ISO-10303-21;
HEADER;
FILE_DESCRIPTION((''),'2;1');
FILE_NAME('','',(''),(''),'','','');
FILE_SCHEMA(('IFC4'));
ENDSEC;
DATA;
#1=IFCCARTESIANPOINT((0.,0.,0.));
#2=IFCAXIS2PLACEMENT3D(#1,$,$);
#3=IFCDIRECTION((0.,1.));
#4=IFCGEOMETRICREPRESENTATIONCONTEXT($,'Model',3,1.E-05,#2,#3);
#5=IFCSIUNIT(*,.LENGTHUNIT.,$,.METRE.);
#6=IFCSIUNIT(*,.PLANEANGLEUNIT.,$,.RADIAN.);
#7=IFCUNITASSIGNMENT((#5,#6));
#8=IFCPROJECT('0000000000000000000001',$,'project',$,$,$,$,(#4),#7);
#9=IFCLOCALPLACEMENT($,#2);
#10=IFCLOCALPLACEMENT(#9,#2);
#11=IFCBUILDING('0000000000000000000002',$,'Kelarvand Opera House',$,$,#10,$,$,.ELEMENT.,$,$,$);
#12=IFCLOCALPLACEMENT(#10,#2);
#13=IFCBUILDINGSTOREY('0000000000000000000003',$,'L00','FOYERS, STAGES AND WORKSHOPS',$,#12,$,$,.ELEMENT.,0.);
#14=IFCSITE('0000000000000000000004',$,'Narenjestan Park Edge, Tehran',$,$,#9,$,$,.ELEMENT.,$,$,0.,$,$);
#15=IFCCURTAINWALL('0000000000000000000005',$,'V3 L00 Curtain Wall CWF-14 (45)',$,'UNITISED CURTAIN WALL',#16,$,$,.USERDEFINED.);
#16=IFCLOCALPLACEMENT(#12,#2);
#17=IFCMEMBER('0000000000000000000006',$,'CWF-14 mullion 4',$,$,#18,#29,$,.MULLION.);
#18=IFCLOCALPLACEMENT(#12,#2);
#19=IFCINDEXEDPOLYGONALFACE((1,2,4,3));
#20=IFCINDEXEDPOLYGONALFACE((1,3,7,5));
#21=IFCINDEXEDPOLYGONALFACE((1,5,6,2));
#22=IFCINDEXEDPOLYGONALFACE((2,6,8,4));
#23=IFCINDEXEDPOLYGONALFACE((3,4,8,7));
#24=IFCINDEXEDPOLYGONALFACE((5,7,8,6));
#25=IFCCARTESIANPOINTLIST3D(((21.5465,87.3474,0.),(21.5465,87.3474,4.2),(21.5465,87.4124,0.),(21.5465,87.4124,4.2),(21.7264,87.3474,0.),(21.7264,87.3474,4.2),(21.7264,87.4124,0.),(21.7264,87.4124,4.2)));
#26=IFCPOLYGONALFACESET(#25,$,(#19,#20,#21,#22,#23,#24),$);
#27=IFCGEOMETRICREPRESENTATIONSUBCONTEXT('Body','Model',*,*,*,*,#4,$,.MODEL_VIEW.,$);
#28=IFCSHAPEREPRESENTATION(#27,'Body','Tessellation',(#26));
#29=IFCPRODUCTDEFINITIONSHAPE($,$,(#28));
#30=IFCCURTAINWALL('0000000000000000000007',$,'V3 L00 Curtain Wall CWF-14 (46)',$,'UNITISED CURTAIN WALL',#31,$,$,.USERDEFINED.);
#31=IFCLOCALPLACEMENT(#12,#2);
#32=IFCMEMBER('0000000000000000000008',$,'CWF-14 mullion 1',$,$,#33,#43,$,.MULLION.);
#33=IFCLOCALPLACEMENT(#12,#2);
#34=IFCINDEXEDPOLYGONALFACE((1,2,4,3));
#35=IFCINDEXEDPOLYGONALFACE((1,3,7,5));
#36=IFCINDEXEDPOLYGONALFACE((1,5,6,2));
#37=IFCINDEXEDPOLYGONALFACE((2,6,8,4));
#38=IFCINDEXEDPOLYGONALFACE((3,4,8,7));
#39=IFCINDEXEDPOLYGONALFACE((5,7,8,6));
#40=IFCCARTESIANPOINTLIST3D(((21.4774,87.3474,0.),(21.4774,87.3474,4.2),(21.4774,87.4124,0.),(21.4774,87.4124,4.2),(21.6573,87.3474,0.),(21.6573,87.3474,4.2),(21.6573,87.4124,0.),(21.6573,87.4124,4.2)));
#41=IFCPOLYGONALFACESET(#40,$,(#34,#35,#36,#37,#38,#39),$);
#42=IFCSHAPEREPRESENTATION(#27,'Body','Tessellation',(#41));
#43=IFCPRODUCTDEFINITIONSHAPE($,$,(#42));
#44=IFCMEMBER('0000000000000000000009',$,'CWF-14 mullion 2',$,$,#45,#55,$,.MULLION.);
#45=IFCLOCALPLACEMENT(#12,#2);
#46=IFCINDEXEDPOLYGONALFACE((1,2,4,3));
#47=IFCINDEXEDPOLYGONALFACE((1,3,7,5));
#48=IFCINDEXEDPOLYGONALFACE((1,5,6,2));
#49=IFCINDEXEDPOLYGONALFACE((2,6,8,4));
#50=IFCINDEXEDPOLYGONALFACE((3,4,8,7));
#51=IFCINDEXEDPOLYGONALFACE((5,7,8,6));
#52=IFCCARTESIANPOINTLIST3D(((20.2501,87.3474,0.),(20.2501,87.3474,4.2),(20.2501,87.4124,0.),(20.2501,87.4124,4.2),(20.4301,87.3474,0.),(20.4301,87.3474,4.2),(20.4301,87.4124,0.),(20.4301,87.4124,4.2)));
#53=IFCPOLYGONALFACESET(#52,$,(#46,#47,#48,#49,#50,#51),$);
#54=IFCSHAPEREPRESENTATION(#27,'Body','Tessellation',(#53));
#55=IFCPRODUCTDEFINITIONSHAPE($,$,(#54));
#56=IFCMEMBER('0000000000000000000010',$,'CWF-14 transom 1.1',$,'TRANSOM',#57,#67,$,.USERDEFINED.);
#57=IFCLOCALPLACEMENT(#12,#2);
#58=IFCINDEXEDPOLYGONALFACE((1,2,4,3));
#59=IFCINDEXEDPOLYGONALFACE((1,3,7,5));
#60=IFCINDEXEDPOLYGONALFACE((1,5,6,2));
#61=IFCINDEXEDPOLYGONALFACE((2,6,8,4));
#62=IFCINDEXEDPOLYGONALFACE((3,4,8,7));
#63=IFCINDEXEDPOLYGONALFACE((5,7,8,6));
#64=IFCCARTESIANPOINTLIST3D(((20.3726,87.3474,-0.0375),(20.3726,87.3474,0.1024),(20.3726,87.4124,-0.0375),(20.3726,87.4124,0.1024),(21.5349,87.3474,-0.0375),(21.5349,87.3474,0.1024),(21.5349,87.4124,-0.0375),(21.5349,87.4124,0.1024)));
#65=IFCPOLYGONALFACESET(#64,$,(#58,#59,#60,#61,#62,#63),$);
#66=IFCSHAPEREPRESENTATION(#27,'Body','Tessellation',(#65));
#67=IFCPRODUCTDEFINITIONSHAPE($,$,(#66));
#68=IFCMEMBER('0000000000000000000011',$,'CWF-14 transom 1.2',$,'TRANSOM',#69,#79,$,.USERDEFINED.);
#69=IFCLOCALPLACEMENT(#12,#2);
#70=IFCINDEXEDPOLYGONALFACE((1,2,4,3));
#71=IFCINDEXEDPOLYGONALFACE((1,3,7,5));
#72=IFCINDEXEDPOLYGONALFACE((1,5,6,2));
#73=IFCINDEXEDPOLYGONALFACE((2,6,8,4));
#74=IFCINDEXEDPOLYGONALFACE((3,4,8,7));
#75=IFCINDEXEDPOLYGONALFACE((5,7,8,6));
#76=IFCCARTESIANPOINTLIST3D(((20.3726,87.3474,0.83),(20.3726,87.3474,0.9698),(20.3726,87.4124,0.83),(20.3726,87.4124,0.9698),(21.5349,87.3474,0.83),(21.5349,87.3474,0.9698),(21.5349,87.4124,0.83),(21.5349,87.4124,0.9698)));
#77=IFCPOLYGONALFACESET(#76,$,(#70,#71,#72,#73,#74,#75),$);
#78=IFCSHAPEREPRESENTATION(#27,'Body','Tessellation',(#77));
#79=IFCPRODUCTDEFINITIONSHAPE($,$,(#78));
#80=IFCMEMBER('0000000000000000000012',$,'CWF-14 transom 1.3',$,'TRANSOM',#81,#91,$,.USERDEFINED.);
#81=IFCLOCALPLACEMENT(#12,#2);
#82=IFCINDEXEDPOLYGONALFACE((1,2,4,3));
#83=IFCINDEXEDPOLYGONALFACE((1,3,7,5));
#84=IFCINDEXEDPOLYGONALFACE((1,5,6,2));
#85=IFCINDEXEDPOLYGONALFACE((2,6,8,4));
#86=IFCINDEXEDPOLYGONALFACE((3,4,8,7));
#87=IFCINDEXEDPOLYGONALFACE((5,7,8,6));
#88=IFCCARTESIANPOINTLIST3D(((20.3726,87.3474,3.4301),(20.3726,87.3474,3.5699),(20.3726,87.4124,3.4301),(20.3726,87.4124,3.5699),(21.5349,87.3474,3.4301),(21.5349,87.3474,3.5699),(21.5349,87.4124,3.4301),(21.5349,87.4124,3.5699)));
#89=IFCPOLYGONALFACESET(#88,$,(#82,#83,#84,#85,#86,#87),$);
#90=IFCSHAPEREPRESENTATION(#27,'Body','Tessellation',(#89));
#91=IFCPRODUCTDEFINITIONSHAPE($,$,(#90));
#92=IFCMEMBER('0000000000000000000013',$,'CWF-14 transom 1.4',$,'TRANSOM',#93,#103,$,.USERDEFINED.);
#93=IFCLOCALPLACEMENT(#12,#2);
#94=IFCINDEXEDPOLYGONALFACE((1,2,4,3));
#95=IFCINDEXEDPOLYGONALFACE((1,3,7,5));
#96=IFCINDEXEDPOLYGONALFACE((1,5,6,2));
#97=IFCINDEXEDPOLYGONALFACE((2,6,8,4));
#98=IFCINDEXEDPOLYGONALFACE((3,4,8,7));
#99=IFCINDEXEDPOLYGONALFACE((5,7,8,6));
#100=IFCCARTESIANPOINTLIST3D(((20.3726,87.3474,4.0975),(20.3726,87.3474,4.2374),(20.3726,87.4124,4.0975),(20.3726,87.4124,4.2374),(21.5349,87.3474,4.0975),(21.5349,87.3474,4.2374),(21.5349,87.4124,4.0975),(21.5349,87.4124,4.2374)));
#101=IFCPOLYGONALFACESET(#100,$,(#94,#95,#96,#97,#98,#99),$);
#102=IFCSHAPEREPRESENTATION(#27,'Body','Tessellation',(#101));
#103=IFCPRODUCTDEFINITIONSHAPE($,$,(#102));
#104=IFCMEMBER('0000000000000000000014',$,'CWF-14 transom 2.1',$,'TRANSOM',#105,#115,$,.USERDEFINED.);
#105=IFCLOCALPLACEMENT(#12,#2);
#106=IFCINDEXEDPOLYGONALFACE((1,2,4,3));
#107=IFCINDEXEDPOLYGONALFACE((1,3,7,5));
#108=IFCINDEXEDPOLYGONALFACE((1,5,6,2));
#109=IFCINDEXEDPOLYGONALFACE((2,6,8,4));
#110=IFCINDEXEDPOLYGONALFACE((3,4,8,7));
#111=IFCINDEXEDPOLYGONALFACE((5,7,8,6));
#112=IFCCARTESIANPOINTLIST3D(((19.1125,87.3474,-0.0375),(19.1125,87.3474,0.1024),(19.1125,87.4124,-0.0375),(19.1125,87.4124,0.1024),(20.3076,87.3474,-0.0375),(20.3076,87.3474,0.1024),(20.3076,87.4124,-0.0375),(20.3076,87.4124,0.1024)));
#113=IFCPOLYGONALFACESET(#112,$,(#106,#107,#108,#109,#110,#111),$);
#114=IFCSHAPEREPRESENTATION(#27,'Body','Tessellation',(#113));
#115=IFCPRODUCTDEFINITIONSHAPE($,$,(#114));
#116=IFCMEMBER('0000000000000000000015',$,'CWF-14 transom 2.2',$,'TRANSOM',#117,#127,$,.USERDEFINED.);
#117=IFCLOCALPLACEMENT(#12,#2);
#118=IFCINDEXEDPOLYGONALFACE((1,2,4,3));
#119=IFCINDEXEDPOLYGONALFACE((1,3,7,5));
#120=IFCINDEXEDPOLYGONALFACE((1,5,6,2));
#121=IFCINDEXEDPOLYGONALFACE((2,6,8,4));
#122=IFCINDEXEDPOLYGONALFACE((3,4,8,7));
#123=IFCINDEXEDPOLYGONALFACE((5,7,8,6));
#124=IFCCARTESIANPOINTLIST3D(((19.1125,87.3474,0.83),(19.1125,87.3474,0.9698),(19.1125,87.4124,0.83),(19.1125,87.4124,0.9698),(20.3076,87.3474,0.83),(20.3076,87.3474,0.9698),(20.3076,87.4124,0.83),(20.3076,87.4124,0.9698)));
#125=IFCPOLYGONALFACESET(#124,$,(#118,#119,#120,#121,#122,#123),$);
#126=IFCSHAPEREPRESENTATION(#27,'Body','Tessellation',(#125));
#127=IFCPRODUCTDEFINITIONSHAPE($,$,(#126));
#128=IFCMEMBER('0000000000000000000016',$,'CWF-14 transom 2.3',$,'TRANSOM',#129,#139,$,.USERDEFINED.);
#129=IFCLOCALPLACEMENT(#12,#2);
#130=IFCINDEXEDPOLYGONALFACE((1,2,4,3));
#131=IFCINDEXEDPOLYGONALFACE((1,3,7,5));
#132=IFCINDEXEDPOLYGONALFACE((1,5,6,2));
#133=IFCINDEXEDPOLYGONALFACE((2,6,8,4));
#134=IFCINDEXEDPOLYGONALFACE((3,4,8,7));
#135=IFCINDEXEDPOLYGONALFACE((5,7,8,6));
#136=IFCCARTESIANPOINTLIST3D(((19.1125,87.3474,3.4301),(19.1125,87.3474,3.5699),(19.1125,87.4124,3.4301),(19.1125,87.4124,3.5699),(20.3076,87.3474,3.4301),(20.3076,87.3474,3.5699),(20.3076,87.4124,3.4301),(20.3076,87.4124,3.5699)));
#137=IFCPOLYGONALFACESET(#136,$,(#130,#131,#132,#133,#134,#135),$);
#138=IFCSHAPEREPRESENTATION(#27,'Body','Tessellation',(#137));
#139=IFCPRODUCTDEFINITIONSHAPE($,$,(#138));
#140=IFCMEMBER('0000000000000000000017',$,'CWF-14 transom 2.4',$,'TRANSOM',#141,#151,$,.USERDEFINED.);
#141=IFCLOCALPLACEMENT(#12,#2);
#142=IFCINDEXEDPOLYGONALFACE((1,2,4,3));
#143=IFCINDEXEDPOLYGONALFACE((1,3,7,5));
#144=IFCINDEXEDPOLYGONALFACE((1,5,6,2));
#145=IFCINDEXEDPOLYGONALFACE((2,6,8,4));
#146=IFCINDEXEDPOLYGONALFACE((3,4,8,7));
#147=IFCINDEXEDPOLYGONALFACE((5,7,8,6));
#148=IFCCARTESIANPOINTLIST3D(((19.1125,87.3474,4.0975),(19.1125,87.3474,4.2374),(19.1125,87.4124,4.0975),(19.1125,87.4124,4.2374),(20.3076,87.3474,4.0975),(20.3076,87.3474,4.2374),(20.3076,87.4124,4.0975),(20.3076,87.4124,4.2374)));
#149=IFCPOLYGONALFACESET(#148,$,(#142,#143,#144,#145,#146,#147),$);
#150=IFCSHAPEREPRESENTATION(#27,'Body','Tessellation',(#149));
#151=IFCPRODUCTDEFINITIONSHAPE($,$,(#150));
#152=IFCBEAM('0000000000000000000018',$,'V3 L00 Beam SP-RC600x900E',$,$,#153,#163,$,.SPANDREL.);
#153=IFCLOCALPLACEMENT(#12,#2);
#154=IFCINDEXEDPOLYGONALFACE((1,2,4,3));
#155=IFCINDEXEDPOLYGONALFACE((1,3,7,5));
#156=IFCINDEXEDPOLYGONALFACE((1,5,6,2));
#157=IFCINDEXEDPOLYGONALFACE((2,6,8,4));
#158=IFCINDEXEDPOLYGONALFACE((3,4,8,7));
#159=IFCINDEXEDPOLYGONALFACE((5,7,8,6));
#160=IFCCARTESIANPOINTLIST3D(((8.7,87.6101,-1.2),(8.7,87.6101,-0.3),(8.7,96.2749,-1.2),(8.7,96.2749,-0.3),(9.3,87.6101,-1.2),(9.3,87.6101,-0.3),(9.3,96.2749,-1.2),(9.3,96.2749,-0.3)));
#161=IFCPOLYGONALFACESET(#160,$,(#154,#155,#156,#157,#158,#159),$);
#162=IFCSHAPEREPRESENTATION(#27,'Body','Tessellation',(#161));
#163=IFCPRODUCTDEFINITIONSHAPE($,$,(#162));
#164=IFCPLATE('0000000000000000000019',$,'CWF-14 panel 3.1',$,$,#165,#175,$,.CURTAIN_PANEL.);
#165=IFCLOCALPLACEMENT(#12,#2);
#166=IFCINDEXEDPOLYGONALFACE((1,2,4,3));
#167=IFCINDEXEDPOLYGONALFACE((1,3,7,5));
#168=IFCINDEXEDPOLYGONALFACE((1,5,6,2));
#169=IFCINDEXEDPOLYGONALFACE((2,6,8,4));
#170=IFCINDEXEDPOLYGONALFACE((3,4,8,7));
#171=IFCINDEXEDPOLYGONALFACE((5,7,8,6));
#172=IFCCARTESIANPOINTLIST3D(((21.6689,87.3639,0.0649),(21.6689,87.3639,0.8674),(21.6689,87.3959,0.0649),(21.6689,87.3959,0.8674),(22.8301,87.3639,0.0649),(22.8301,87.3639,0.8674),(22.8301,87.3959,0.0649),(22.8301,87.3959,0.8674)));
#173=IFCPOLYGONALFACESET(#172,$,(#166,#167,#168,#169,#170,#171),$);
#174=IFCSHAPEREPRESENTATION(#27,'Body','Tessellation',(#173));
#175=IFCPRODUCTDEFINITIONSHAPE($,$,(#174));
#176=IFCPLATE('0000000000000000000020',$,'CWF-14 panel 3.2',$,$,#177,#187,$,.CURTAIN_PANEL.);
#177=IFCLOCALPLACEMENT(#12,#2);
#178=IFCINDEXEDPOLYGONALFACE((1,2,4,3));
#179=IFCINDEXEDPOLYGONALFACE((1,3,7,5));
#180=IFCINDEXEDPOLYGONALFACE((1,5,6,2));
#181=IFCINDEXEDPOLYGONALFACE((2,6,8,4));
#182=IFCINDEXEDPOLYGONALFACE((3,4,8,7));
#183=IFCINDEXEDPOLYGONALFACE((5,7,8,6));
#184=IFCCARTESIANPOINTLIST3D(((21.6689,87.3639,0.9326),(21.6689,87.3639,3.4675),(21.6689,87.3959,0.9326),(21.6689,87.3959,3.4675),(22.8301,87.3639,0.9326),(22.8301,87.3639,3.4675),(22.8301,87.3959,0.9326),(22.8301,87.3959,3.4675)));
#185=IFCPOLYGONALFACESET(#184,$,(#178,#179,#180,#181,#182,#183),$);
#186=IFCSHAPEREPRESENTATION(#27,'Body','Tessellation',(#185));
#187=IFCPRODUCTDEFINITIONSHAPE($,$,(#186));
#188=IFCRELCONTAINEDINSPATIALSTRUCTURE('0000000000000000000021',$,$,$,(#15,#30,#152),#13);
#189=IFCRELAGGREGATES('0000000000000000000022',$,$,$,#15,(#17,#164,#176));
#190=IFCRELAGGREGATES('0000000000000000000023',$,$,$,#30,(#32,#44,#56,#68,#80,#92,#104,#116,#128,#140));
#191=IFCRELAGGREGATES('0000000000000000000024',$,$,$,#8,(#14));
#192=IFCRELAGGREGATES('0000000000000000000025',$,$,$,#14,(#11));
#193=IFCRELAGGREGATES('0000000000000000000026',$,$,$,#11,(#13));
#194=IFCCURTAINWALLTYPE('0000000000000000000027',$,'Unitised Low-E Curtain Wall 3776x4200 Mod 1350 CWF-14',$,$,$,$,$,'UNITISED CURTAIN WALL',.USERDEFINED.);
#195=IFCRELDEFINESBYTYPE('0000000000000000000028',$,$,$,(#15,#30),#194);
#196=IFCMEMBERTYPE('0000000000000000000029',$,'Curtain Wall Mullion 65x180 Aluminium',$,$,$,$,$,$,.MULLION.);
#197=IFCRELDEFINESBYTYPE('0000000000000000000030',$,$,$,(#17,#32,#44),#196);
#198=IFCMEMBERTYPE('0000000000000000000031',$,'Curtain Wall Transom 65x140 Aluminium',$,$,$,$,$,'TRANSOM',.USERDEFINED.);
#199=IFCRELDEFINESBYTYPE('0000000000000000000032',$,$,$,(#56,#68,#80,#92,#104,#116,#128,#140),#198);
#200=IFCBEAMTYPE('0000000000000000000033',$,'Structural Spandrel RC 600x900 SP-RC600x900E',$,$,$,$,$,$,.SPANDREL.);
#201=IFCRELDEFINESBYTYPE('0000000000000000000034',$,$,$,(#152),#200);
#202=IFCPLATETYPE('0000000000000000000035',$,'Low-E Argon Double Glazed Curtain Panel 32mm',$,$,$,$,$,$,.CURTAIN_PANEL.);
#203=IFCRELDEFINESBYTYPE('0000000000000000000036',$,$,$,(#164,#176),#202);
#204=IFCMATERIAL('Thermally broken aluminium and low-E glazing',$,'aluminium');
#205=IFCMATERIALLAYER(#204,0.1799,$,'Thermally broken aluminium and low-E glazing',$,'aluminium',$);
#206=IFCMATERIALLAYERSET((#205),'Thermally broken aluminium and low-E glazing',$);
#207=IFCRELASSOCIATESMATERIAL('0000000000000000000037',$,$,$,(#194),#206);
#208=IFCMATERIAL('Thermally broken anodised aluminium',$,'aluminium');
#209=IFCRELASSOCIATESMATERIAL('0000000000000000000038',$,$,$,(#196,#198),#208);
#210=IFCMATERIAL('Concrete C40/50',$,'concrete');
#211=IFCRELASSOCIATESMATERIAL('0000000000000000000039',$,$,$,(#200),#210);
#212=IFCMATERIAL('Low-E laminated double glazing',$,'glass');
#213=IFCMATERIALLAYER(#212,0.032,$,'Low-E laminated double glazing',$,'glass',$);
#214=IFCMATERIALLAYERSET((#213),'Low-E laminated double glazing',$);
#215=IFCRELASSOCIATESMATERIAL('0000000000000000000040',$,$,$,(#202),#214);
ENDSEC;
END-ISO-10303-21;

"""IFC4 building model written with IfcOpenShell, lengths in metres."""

from ifc_helpers import new_model, si_unit, direction, frame, origin, origin_2d, place, context, subcontext, project, spatial, rectangle, extrude, material, layer, layer_set, material_profile, profile_set, type_object, element, aggregate, save


model = new_model("IFC4")

# Units and contexts
model_context = context("Model", 3, precision=1e-05, world=origin(), true_north=direction((0.0, 1.0)))
body_context = subcontext(model_context, "Body", "Model", "MODEL_VIEW")
ifc_project = project(units=[si_unit("LENGTHUNIT", "METRE"), si_unit("PLANEANGLEUNIT", "RADIAN")], contexts=[model_context])

# Site, building, storey
site_placement = place(None, origin())
site = spatial("IfcSite", under=ifc_project, at=site_placement, Name="Narenjestan Park Edge, Tehran", CompositionType="ELEMENT", RefElevation=0.0)
building_placement = place(site_placement, origin())
building = spatial("IfcBuilding", under=site, at=building_placement, Name="Kelarvand Opera House", CompositionType="ELEMENT")
storey_placement = place(building_placement, origin())
storey = spatial("IfcBuildingStorey", under=building, at=storey_placement, Name="L00", Description="FOYERS, STAGES AND WORKSHOPS", CompositionType="ELEMENT", Elevation=0.0)

# Curtain wall, member
ifc_material_1 = material(Name="Thermally broken aluminium and low-E glazing", Category="aluminium")
ifc_layer_1 = layer(ifc_material_1, 0.1799, Name="Thermally broken aluminium and low-E glazing", Category="aluminium")
ifc_layer_set_1 = layer_set([ifc_layer_1], Name="Thermally broken aluminium and low-E glazing")
curtain_wall_type = type_object("IfcCurtainWallType", Name="Unitised Low-E Curtain Wall 3776x4200 Mod 1350 CWF-14", ElementType="UNITISED CURTAIN WALL", PredefinedType="USERDEFINED", material=ifc_layer_set_1)
curtain_wall_1_placement = place(storey_placement, origin())
curtain_wall_1 = element("IfcCurtainWall", 1, at=curtain_wall_1_placement, inside=storey, type_object=curtain_wall_type, Name="V3 L00 Curtain Wall CWF-14 (45)", ObjectType="UNITISED CURTAIN WALL", PredefinedType="USERDEFINED")
ifc_material_2 = material(Name="Thermally broken anodised aluminium", Category="aluminium")
ifc_material_profile_1 = material_profile(ifc_material_2, rectangle(XDim=0.0649, YDim=0.1799, at=origin_2d()), Name="ALU MULLION 65x180", Category="aluminium")
ifc_profile_set_1 = profile_set([ifc_material_profile_1], Name="Thermally broken anodised aluminium")
member_type_1 = type_object("IfcMemberType", Name="Curtain Wall Mullion 65x180 Aluminium", PredefinedType="MULLION", material=ifc_profile_set_1)
member_1_placement = place(storey_placement, frame((21.6365, 87.3799, 0.0), z_axis=(0.0, 0.0, 1.0), x_axis=(0.0, -1.0, 0.0)))
member_1 = element("IfcMember", 2, at=member_1_placement, type_object=member_type_1, Name="CWF-14 mullion 4", PredefinedType="MULLION", context=body_context, shape_type="SweptSolid", body=[
    extrude(rectangle(XDim=0.0649, YDim=0.1799, at=origin_2d()), origin(), (0.0, 0.0, 1.0), 4.2),
])

# Curtain wall, members
curtain_wall_2_placement = place(storey_placement, origin())
curtain_wall_2 = element("IfcCurtainWall", 3, at=curtain_wall_2_placement, inside=storey, type_object=curtain_wall_type, Name="V3 L00 Curtain Wall CWF-14 (46)", ObjectType="UNITISED CURTAIN WALL", PredefinedType="USERDEFINED")
member_2_placement = place(storey_placement, frame((21.5674, 87.3799, 0.0), z_axis=(0.0, 0.0, 1.0), x_axis=(0.0, -1.0, 0.0)))
member_2 = element("IfcMember", 4, at=member_2_placement, type_object=member_type_1, Name="CWF-14 mullion 1", PredefinedType="MULLION", context=body_context, shape_type="SweptSolid", body=[
    extrude(rectangle(XDim=0.0649, YDim=0.1799, at=origin_2d()), origin(), (0.0, 0.0, 1.0), 4.2),
])
member_3_placement = place(storey_placement, frame((20.3401, 87.3799, 0.0), z_axis=(0.0, 0.0, 1.0), x_axis=(0.0, -1.0, 0.0)))
member_3 = element("IfcMember", 5, at=member_3_placement, type_object=member_type_1, Name="CWF-14 mullion 2", PredefinedType="MULLION", context=body_context, shape_type="SweptSolid", body=[
    extrude(rectangle(XDim=0.0649, YDim=0.1799, at=origin_2d()), origin(), (0.0, 0.0, 1.0), 4.2),
])
ifc_material_profile_2 = material_profile(ifc_material_2, rectangle(XDim=0.0649, YDim=0.1399, at=origin_2d()), Name="ALU TRANSOM 65x140", Category="aluminium")
ifc_profile_set_2 = profile_set([ifc_material_profile_2], Name="Thermally broken anodised aluminium")
member_type_2 = type_object("IfcMemberType", Name="Curtain Wall Transom 65x140 Aluminium", ElementType="TRANSOM", PredefinedType="USERDEFINED", material=ifc_profile_set_2)
member_4_placement = place(storey_placement, frame((21.5349, 87.3799, 0.0325), z_axis=(-1.0, 0.0, 0.0), x_axis=(0.0, -1.0, 0.0)))
member_4 = element("IfcMember", 6, at=member_4_placement, type_object=member_type_2, Name="CWF-14 transom 1.1", ObjectType="TRANSOM", PredefinedType="USERDEFINED", context=body_context, shape_type="SweptSolid", body=[
    extrude(rectangle(XDim=0.0649, YDim=0.1399, at=origin_2d()), origin(), (0.0, 0.0, 1.0), 1.1624),
])
member_5_placement = place(storey_placement, frame((21.5349, 87.3799, 0.8999), z_axis=(-1.0, 0.0, 0.0), x_axis=(0.0, -1.0, 0.0)))
member_5 = element("IfcMember", 7, at=member_5_placement, type_object=member_type_2, Name="CWF-14 transom 1.2", ObjectType="TRANSOM", PredefinedType="USERDEFINED", context=body_context, shape_type="SweptSolid", body=[
    extrude(rectangle(XDim=0.0649, YDim=0.1399, at=origin_2d()), origin(), (0.0, 0.0, 1.0), 1.1624),
])
member_6_placement = place(storey_placement, frame((21.5349, 87.3799, 3.5), z_axis=(-1.0, 0.0, 0.0), x_axis=(0.0, -1.0, 0.0)))
member_6 = element("IfcMember", 8, at=member_6_placement, type_object=member_type_2, Name="CWF-14 transom 1.3", ObjectType="TRANSOM", PredefinedType="USERDEFINED", context=body_context, shape_type="SweptSolid", body=[
    extrude(rectangle(XDim=0.0649, YDim=0.1399, at=origin_2d()), origin(), (0.0, 0.0, 1.0), 1.1624),
])
member_7_placement = place(storey_placement, frame((21.5349, 87.3799, 4.1675), z_axis=(-1.0, 0.0, 0.0), x_axis=(0.0, -1.0, 0.0)))
member_7 = element("IfcMember", 9, at=member_7_placement, type_object=member_type_2, Name="CWF-14 transom 1.4", ObjectType="TRANSOM", PredefinedType="USERDEFINED", context=body_context, shape_type="SweptSolid", body=[
    extrude(rectangle(XDim=0.0649, YDim=0.1399, at=origin_2d()), origin(), (0.0, 0.0, 1.0), 1.1624),
])
member_8_placement = place(storey_placement, frame((20.3076, 87.3799, 0.0325), z_axis=(-1.0, 0.0, 0.0), x_axis=(0.0, -1.0, 0.0)))
member_8 = element("IfcMember", 10, at=member_8_placement, type_object=member_type_2, Name="CWF-14 transom 2.1", ObjectType="TRANSOM", PredefinedType="USERDEFINED", context=body_context, shape_type="SweptSolid", body=[
    extrude(rectangle(XDim=0.0649, YDim=0.1399, at=origin_2d()), origin(), (0.0, 0.0, 1.0), 1.1951),
])
member_9_placement = place(storey_placement, frame((20.3076, 87.3799, 0.8999), z_axis=(-1.0, 0.0, 0.0), x_axis=(0.0, -1.0, 0.0)))
member_9 = element("IfcMember", 11, at=member_9_placement, type_object=member_type_2, Name="CWF-14 transom 2.2", ObjectType="TRANSOM", PredefinedType="USERDEFINED", context=body_context, shape_type="SweptSolid", body=[
    extrude(rectangle(XDim=0.0649, YDim=0.1399, at=origin_2d()), origin(), (0.0, 0.0, 1.0), 1.1951),
])
member_10_placement = place(storey_placement, frame((20.3076, 87.3799, 3.5), z_axis=(-1.0, 0.0, 0.0), x_axis=(0.0, -1.0, 0.0)))
member_10 = element("IfcMember", 12, at=member_10_placement, type_object=member_type_2, Name="CWF-14 transom 2.3", ObjectType="TRANSOM", PredefinedType="USERDEFINED", context=body_context, shape_type="SweptSolid", body=[
    extrude(rectangle(XDim=0.0649, YDim=0.1399, at=origin_2d()), origin(), (0.0, 0.0, 1.0), 1.1951),
])
member_11_placement = place(storey_placement, frame((20.3076, 87.3799, 4.1675), z_axis=(-1.0, 0.0, 0.0), x_axis=(0.0, -1.0, 0.0)))
member_11 = element("IfcMember", 13, at=member_11_placement, type_object=member_type_2, Name="CWF-14 transom 2.4", ObjectType="TRANSOM", PredefinedType="USERDEFINED", context=body_context, shape_type="SweptSolid", body=[
    extrude(rectangle(XDim=0.0649, YDim=0.1399, at=origin_2d()), origin(), (0.0, 0.0, 1.0), 1.1951),
])

# Beam
ifc_material_3 = material(Name="Concrete C40/50", Category="concrete")
ifc_material_profile_3 = material_profile(ifc_material_3, rectangle(XDim=0.6001, YDim=0.8999, at=origin_2d()), Name="RC 600x900", Category="concrete")
ifc_profile_set_3 = profile_set([ifc_material_profile_3], Name="Concrete C40/50")
beam_type = type_object("IfcBeamType", Name="Structural Spandrel RC 600x900 SP-RC600x900E", PredefinedType="SPANDREL", material=ifc_profile_set_3)
beam_placement = place(storey_placement, frame((9.0, 87.6101, -0.75), z_axis=(0.0, 1.0, 0.0), x_axis=(-1.0, 0.0, 0.0)))
element("IfcBeam", 14, at=beam_placement, inside=storey, type_object=beam_type, Name="V3 L00 Beam SP-RC600x900E", PredefinedType="SPANDREL", context=body_context, shape_type="SweptSolid", body=[
    extrude(rectangle(XDim=0.6001, YDim=0.8999, at=origin_2d()), origin(), (0.0, 0.0, 1.0), 8.6648),
])

# Plates
ifc_material_4 = material(Name="Low-E laminated double glazing", Category="glass")
ifc_layer_2 = layer(ifc_material_4, 0.032, Name="Low-E laminated double glazing", Category="glass")
ifc_layer_set_2 = layer_set([ifc_layer_2], Name="Low-E laminated double glazing")
plate_type = type_object("IfcPlateType", Name="Low-E Argon Double Glazed Curtain Panel 32mm", PredefinedType="CURTAIN_PANEL", material=ifc_layer_set_2)
plate_1_placement = place(storey_placement, frame((22.2495, 87.3799, 0.0649), z_axis=(0.0, 0.0, 1.0), x_axis=(-1.0, 0.0, 0.0)))
plate_1 = element("IfcPlate", 15, at=plate_1_placement, type_object=plate_type, Name="CWF-14 panel 3.1", PredefinedType="CURTAIN_PANEL", context=body_context, shape_type="SweptSolid", body=[
    extrude(rectangle(XDim=1.1611, YDim=0.032, at=origin_2d()), origin(), (0.0, 0.0, 1.0), 0.8025),
])
plate_2_placement = place(storey_placement, frame((22.2495, 87.3799, 0.9326), z_axis=(0.0, 0.0, 1.0), x_axis=(-1.0, 0.0, 0.0)))
plate_2 = element("IfcPlate", 16, at=plate_2_placement, type_object=plate_type, Name="CWF-14 panel 3.2", PredefinedType="CURTAIN_PANEL", context=body_context, shape_type="SweptSolid", body=[
    extrude(rectangle(XDim=1.1611, YDim=0.032, at=origin_2d()), origin(), (0.0, 0.0, 1.0), 2.5349),
])
aggregate(curtain_wall_1, [member_1, plate_1, plate_2])
aggregate(curtain_wall_2, [member_2, member_3, member_4, member_5, member_6, member_7, member_8, member_9, member_10, member_11])

save(model, "model.ifc")
